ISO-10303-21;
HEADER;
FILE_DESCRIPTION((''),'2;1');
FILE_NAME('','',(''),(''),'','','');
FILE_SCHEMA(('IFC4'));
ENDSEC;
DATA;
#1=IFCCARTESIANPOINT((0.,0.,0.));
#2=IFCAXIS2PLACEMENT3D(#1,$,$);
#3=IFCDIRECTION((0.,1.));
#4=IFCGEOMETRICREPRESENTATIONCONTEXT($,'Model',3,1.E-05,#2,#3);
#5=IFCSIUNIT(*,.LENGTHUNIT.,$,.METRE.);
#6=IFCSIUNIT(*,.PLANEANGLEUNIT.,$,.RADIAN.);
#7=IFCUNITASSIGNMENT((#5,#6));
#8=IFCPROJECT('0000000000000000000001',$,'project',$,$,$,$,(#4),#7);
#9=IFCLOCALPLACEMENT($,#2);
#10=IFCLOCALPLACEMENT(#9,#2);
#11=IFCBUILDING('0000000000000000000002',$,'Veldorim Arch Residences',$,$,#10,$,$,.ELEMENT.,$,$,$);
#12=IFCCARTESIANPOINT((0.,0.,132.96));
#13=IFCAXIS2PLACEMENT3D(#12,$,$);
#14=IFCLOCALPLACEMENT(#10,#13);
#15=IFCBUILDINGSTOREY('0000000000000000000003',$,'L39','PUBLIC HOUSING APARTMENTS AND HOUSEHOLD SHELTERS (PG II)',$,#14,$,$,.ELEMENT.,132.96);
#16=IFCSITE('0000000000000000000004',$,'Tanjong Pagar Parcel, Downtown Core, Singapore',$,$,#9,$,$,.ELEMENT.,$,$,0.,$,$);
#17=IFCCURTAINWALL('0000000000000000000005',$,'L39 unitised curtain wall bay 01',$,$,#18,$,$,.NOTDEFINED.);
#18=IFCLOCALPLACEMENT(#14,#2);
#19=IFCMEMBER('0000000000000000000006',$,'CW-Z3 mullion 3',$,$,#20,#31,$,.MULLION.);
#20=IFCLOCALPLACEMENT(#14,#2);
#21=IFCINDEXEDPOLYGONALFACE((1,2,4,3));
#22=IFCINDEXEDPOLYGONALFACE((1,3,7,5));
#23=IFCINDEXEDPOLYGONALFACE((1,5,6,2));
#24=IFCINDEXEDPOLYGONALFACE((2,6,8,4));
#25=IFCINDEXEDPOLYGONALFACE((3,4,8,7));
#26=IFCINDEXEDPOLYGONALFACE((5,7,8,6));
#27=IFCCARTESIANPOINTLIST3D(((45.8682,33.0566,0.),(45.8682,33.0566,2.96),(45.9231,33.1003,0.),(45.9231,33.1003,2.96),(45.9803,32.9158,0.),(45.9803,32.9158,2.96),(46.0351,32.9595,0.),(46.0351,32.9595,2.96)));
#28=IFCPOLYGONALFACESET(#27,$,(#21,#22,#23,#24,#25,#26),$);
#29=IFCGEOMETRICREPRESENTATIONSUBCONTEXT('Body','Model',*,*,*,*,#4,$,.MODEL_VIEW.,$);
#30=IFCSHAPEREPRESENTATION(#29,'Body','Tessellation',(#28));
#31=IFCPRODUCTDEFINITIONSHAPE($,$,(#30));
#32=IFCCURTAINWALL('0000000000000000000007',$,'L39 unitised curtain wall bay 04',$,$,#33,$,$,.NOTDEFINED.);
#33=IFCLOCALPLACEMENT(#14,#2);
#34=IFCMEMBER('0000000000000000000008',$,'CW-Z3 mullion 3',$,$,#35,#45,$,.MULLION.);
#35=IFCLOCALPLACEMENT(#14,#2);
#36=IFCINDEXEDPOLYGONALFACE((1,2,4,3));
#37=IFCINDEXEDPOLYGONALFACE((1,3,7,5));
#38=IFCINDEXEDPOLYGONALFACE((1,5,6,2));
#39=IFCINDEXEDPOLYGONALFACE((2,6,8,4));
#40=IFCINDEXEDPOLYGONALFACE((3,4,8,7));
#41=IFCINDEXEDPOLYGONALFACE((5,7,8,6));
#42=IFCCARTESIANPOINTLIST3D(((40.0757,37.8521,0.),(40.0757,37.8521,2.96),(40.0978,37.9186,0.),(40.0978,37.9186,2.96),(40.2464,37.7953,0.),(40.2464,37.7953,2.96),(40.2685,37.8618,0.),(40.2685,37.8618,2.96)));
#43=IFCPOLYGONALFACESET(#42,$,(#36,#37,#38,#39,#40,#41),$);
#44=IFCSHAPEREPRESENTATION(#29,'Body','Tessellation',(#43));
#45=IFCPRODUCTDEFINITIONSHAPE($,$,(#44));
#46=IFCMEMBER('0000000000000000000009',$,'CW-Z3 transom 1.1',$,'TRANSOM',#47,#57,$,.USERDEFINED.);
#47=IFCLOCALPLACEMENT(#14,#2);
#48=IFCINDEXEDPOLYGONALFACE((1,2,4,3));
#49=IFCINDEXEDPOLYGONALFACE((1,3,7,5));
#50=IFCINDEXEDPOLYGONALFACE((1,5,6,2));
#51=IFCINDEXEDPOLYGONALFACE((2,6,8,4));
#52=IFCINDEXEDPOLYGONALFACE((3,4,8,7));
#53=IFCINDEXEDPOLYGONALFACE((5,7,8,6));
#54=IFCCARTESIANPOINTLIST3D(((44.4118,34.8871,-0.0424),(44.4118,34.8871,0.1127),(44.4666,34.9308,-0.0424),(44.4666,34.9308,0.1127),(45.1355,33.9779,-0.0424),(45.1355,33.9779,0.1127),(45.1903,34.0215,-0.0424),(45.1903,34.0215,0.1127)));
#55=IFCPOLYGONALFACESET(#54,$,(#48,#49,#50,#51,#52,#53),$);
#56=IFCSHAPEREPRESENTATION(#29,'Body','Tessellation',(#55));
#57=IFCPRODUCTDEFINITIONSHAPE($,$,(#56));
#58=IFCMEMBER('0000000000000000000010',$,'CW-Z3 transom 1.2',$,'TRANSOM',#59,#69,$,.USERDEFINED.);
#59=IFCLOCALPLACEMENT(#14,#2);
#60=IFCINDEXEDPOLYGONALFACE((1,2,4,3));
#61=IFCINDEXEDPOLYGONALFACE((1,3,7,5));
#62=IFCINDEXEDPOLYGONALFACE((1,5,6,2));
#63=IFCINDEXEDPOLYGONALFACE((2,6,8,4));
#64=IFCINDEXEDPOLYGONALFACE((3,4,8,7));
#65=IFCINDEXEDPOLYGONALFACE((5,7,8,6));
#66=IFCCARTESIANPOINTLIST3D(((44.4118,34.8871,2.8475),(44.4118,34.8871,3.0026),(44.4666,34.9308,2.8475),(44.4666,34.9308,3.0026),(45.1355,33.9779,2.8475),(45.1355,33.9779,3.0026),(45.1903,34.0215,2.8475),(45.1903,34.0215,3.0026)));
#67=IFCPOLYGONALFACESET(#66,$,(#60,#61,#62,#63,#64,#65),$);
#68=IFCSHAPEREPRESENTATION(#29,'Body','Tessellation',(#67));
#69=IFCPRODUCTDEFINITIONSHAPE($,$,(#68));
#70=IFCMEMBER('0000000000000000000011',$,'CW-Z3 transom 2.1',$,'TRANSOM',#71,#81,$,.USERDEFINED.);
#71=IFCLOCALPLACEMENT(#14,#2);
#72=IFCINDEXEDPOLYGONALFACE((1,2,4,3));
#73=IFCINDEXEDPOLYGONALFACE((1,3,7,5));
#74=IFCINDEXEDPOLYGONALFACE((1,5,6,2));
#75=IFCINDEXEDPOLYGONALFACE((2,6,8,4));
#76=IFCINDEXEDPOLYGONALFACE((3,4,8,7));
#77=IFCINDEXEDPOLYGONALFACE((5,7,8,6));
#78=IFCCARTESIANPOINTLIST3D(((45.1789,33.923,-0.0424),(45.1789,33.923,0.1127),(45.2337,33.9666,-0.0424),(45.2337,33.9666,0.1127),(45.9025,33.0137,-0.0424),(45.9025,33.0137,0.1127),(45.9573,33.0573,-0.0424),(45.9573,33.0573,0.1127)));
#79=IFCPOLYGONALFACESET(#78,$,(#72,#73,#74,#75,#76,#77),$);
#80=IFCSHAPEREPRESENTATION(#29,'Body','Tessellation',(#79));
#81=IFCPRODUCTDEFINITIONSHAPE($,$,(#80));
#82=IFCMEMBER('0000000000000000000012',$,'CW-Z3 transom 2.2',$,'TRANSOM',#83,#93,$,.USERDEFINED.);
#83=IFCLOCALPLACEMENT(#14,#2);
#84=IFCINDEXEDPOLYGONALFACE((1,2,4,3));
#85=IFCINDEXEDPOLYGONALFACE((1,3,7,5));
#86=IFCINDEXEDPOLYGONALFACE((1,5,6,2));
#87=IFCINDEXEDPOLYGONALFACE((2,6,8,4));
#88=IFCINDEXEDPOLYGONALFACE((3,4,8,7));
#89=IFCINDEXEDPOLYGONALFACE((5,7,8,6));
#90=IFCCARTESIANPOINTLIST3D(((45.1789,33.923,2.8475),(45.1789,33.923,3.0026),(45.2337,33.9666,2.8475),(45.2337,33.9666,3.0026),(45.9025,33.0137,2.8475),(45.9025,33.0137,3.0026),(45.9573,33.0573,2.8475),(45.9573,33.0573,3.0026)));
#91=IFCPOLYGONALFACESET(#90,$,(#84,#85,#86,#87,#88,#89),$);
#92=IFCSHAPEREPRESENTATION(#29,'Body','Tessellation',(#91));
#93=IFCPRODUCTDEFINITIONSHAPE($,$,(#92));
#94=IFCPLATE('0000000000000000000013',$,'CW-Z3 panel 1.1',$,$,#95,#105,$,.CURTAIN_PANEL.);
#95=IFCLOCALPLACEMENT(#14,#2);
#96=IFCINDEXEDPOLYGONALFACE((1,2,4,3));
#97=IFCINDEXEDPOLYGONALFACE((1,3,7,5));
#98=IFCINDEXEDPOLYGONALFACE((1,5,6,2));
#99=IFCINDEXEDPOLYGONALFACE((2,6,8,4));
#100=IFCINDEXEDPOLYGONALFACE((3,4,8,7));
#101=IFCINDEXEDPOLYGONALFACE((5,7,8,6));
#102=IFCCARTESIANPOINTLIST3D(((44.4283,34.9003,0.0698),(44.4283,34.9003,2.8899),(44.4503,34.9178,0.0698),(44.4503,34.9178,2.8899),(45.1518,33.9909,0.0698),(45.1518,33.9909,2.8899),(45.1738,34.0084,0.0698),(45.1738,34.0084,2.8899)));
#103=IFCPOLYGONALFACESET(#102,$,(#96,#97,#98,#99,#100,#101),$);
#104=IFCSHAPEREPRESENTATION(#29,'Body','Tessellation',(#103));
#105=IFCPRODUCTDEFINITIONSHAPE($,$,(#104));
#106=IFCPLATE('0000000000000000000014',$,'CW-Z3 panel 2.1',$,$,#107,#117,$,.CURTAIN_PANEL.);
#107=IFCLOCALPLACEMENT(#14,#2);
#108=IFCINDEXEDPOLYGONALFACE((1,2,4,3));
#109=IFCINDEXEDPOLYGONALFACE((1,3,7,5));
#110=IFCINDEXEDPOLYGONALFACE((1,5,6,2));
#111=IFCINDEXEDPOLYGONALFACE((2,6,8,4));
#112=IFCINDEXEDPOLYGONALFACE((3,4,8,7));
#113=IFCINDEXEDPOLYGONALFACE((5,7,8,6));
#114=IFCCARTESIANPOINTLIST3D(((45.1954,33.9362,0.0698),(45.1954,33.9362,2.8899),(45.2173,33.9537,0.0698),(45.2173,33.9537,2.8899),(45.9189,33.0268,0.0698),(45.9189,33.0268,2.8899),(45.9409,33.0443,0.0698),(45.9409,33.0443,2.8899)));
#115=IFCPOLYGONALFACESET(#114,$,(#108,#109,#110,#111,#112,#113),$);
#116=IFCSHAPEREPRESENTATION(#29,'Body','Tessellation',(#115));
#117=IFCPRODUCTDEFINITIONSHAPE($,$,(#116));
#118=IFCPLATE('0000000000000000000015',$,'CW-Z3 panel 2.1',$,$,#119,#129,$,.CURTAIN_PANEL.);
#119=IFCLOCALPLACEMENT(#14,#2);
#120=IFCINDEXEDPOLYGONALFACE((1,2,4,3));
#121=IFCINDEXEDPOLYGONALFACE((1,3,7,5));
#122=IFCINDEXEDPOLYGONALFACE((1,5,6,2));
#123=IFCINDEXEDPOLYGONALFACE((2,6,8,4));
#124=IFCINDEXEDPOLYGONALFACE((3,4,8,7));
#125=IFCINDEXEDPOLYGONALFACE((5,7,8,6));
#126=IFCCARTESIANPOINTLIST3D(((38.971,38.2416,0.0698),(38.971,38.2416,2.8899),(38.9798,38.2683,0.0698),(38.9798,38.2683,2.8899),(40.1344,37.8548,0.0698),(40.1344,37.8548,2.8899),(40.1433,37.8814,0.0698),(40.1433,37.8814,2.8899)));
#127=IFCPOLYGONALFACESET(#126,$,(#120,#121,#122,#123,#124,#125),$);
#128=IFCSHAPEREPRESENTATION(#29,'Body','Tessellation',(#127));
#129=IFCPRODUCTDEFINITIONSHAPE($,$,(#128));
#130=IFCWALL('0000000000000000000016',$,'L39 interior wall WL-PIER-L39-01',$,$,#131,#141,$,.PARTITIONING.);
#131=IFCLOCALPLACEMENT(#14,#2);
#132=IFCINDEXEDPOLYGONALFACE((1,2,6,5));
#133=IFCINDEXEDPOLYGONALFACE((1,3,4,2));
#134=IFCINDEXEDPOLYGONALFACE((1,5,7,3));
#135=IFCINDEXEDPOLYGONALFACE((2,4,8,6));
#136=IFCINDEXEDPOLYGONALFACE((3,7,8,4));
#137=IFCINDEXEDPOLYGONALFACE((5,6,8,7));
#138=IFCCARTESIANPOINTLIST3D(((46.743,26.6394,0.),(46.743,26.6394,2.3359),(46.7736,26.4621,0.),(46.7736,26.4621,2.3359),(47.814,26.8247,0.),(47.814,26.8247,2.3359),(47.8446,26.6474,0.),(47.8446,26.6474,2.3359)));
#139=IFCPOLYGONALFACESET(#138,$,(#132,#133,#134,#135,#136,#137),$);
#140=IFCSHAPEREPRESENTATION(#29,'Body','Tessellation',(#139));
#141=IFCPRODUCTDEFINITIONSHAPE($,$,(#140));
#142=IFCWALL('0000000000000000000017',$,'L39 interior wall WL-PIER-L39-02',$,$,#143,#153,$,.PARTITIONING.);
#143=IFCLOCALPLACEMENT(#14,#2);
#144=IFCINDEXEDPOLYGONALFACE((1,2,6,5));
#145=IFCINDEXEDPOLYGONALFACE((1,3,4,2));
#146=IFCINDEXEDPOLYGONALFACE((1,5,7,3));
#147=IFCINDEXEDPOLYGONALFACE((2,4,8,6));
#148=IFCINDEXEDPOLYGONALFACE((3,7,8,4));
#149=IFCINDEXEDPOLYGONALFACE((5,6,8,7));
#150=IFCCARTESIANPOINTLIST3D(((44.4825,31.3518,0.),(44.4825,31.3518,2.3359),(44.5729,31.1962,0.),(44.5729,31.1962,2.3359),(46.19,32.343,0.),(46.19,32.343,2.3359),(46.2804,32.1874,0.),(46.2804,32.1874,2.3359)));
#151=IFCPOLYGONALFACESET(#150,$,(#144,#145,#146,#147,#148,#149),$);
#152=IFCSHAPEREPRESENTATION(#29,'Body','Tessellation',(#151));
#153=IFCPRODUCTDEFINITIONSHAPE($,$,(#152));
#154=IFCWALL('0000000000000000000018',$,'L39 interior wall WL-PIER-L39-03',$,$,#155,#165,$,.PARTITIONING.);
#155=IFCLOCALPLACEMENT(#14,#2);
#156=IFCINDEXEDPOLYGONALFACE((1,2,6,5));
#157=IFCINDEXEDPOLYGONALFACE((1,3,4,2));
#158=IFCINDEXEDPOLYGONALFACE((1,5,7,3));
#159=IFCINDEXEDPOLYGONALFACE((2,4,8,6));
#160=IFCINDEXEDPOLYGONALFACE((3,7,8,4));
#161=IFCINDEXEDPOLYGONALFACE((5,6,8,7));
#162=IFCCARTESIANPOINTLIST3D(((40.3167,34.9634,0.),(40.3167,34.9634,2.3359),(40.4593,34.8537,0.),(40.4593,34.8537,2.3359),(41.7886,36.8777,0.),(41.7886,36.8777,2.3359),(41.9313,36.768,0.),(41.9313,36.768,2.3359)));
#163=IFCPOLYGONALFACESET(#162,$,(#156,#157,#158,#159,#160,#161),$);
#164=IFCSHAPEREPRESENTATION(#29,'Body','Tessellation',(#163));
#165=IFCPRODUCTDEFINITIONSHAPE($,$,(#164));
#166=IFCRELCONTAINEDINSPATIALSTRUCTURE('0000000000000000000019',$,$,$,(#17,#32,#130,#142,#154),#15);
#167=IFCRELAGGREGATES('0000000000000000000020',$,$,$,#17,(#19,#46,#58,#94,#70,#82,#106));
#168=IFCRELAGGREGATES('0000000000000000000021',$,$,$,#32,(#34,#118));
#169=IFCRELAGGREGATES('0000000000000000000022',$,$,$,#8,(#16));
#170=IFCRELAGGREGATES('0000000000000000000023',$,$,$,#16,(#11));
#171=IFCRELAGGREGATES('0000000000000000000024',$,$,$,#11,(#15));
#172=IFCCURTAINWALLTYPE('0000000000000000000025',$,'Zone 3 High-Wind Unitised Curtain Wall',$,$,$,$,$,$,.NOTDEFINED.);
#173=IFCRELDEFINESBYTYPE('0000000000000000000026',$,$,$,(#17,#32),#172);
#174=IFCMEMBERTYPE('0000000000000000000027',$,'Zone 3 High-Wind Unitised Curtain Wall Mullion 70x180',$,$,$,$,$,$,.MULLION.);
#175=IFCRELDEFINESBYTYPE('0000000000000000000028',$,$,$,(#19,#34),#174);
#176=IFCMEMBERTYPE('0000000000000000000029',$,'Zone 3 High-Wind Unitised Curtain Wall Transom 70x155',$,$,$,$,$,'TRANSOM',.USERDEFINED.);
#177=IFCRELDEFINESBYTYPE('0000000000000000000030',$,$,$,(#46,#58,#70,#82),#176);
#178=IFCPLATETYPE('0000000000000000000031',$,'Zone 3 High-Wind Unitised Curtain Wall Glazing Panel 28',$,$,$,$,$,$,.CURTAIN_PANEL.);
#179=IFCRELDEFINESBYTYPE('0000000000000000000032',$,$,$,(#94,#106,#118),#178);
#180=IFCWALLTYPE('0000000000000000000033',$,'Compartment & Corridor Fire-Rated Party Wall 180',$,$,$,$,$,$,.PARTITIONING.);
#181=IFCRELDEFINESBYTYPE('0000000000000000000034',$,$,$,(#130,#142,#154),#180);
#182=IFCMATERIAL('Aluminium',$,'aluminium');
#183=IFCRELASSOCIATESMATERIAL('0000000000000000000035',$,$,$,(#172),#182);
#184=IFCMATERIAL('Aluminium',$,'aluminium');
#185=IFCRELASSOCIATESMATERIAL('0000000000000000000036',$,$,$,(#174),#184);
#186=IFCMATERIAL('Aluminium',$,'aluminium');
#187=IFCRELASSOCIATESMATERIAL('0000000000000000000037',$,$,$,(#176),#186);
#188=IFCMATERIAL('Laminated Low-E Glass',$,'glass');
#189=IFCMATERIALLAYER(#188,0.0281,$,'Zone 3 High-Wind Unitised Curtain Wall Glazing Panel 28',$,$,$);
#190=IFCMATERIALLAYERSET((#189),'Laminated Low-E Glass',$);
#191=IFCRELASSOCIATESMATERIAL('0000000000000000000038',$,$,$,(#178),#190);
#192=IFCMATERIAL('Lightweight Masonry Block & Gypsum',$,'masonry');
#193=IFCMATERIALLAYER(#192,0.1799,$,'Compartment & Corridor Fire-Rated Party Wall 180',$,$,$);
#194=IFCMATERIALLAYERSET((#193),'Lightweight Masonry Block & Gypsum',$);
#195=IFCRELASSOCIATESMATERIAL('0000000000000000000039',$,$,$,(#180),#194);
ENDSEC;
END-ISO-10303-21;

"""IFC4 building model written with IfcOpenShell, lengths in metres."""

from ifc_helpers import new_model, si_unit, direction, frame, frame_2d, origin, origin_2d, place, context, subcontext, project, spatial, rectangle, extrude, material, layer, layer_set, material_profile, profile_set, type_object, element, aggregate, save


model = new_model("IFC4")

# Units and contexts
model_context = context("Model", 3, precision=1e-05, world=origin(), true_north=direction((0.0, 1.0)))
body_context = subcontext(model_context, "Body", "Model", "MODEL_VIEW")
ifc_project = project(units=[si_unit("LENGTHUNIT", "METRE"), si_unit("PLANEANGLEUNIT", "RADIAN")], contexts=[model_context])

# Site, building, storey
site_placement = place(None, origin())
site = spatial("IfcSite", under=ifc_project, at=site_placement, Name="Tanjong Pagar Parcel, Downtown Core, Singapore", CompositionType="ELEMENT", RefElevation=0.0)
building_placement = place(site_placement, origin())
building = spatial("IfcBuilding", under=site, at=building_placement, Name="Veldorim Arch Residences", CompositionType="ELEMENT")
storey_placement = place(building_placement, frame((0.0, 0.0, 132.96)))
storey = spatial("IfcBuildingStorey", under=building, at=storey_placement, Name="L39", Description="PUBLIC HOUSING APARTMENTS AND HOUSEHOLD SHELTERS (PG II)", CompositionType="ELEMENT", Elevation=132.96)

# Curtain wall, member
ifc_material_1 = material(Name="Aluminium", Category="aluminium")
curtain_wall_type = type_object("IfcCurtainWallType", Name="Zone 3 High-Wind Unitised Curtain Wall", PredefinedType="NOTDEFINED", material=ifc_material_1)
curtain_wall_1_placement = place(storey_placement, origin())
curtain_wall_1 = element("IfcCurtainWall", 1, at=curtain_wall_1_placement, inside=storey, type_object=curtain_wall_type, Name="L39 unitised curtain wall bay 01", PredefinedType="NOTDEFINED")
ifc_material_2 = material(Name="Aluminium", Category="aluminium")
ifc_material_profile_1 = material_profile(ifc_material_2, rectangle(XDim=0.0701, YDim=0.1799, at=origin_2d()), Name="ALU_MUL_70x180")
ifc_profile_set_1 = profile_set([ifc_material_profile_1], Name="Aluminium")
member_type_1 = type_object("IfcMemberType", Name="Zone 3 High-Wind Unitised Curtain Wall Mullion 70x180", PredefinedType="MULLION", material=ifc_profile_set_1)
member_1_placement = place(storey_placement, frame((45.9517, 33.0081, 0.0), z_axis=(0.0, 0.0, 1.0), x_axis=(0.782556, 0.62258, 0.0)))
member_1 = element("IfcMember", 2, at=member_1_placement, type_object=member_type_1, Name="CW-Z3 mullion 3", PredefinedType="MULLION", context=body_context, shape_type="SweptSolid", body=[
    extrude(rectangle(XDim=0.0701, YDim=0.1799, at=origin_2d()), origin(), (0.0, 0.0, 1.0), 2.96),
])

# Curtain wall, member
curtain_wall_2_placement = place(storey_placement, origin())
curtain_wall_2 = element("IfcCurtainWall", 3, at=curtain_wall_2_placement, inside=storey, type_object=curtain_wall_type, Name="L39 unitised curtain wall bay 04", PredefinedType="NOTDEFINED")
member_2_placement = place(storey_placement, frame((40.1721, 37.8569, 0.0), z_axis=(0.0, 0.0, 1.0), x_axis=(0.315552, 0.948908, 0.0)))
member_2 = element("IfcMember", 4, at=member_2_placement, type_object=member_type_1, Name="CW-Z3 mullion 3", PredefinedType="MULLION", context=body_context, shape_type="SweptSolid", body=[
    extrude(rectangle(XDim=0.0701, YDim=0.1799, at=origin_2d()), origin(), (0.0, 0.0, 1.0), 2.96),
])

# Members
ifc_material_3 = material(Name="Aluminium", Category="aluminium")
ifc_material_profile_2 = material_profile(ifc_material_3, rectangle(XDim=0.0701, YDim=0.155, at=origin_2d()), Name="ALU_TRN_70x155")
ifc_profile_set_2 = profile_set([ifc_material_profile_2], Name="Aluminium")
member_type_2 = type_object("IfcMemberType", Name="Zone 3 High-Wind Unitised Curtain Wall Transom 70x155", ElementType="TRANSOM", PredefinedType="USERDEFINED", material=ifc_profile_set_2)
member_3_placement = place(storey_placement, frame((44.4392, 34.9089, 0.0352), z_axis=(0.622746, -0.782424, 0.0), x_axis=(0.782424, 0.622746, 0.0)))
member_3 = element("IfcMember", 5, at=member_3_placement, type_object=member_type_2, Name="CW-Z3 transom 1.1", ObjectType="TRANSOM", PredefinedType="USERDEFINED", context=body_context, shape_type="SweptSolid", body=[
    extrude(rectangle(XDim=0.0701, YDim=0.155, at=origin_2d()), origin(), (0.0, 0.0, 1.0), 1.1621),
])
member_4_placement = place(storey_placement, frame((44.4392, 34.9089, 2.925), z_axis=(0.622746, -0.782424, 0.0), x_axis=(0.782424, 0.622746, 0.0)))
member_4 = element("IfcMember", 6, at=member_4_placement, type_object=member_type_2, Name="CW-Z3 transom 1.2", ObjectType="TRANSOM", PredefinedType="USERDEFINED", context=body_context, shape_type="SweptSolid", body=[
    extrude(rectangle(XDim=0.0701, YDim=0.155, at=origin_2d()), origin(), (0.0, 0.0, 1.0), 1.1621),
])
member_5_placement = place(storey_placement, frame((45.2063, 33.9448, 0.0352), z_axis=(0.622643, -0.782506, 0.0), x_axis=(0.782506, 0.622643, 0.0)))
member_5 = element("IfcMember", 7, at=member_5_placement, type_object=member_type_2, Name="CW-Z3 transom 2.1", ObjectType="TRANSOM", PredefinedType="USERDEFINED", context=body_context, shape_type="SweptSolid", body=[
    extrude(rectangle(XDim=0.0701, YDim=0.155, at=origin_2d()), origin(), (0.0, 0.0, 1.0), 1.1621),
])
member_6_placement = place(storey_placement, frame((45.2063, 33.9448, 2.925), z_axis=(0.622643, -0.782506, 0.0), x_axis=(0.782506, 0.622643, 0.0)))
member_6 = element("IfcMember", 8, at=member_6_placement, type_object=member_type_2, Name="CW-Z3 transom 2.2", ObjectType="TRANSOM", PredefinedType="USERDEFINED", context=body_context, shape_type="SweptSolid", body=[
    extrude(rectangle(XDim=0.0701, YDim=0.155, at=origin_2d()), origin(), (0.0, 0.0, 1.0), 1.1621),
])

# Plates
ifc_material_4 = material(Name="Laminated Low-E Glass", Category="glass")
ifc_layer_1 = layer(ifc_material_4, 0.0281, Name="Zone 3 High-Wind Unitised Curtain Wall Glazing Panel 28")
ifc_layer_set_1 = layer_set([ifc_layer_1], Name="Laminated Low-E Glass")
plate_type = type_object("IfcPlateType", Name="Zone 3 High-Wind Unitised Curtain Wall Glazing Panel 28", PredefinedType="CURTAIN_PANEL", material=ifc_layer_set_1)
plate_1_placement = place(storey_placement, frame((44.801, 34.4543, 0.0698), z_axis=(0.0, 0.0, 1.0), x_axis=(0.62258, -0.782556, 0.0)))
plate_1 = element("IfcPlate", 9, at=plate_1_placement, type_object=plate_type, Name="CW-Z3 panel 1.1", PredefinedType="CURTAIN_PANEL", context=body_context, shape_type="SweptSolid", body=[
    extrude(rectangle(XDim=1.1621, YDim=0.0281, at=origin_2d()), origin(), (0.0, 0.0, 1.0), 2.8201),
])
plate_2_placement = place(storey_placement, frame((45.5681, 33.4902, 0.0698), z_axis=(0.0, 0.0, 1.0), x_axis=(0.62258, -0.782556, 0.0)))
plate_2 = element("IfcPlate", 10, at=plate_2_placement, type_object=plate_type, Name="CW-Z3 panel 2.1", PredefinedType="CURTAIN_PANEL", context=body_context, shape_type="SweptSolid", body=[
    extrude(rectangle(XDim=1.1621, YDim=0.0281, at=origin_2d()), origin(), (0.0, 0.0, 1.0), 2.8201),
])
aggregate(curtain_wall_1, [member_1, member_3, member_4, plate_1, member_5, member_6, plate_2])
plate_3_placement = place(storey_placement, frame((39.5571, 38.0615, 0.0698), z_axis=(0.0, 0.0, 1.0), x_axis=(0.948908, -0.315552, 0.0)))
plate_3 = element("IfcPlate", 11, at=plate_3_placement, type_object=plate_type, Name="CW-Z3 panel 2.1", PredefinedType="CURTAIN_PANEL", context=body_context, shape_type="SweptSolid", body=[
    extrude(rectangle(XDim=1.2261, YDim=0.0281, at=origin_2d()), origin(), (0.0, 0.0, 1.0), 2.8201),
])
aggregate(curtain_wall_2, [member_2, plate_3])

# Walls
ifc_material_5 = material(Name="Lightweight Masonry Block & Gypsum", Category="masonry")
ifc_layer_2 = layer(ifc_material_5, 0.1799, Name="Compartment & Corridor Fire-Rated Party Wall 180")
ifc_layer_set_2 = layer_set([ifc_layer_2], Name="Lightweight Masonry Block & Gypsum")
wall_type_1 = type_object("IfcWallType", Name="Compartment & Corridor Fire-Rated Party Wall 180", PredefinedType="PARTITIONING", material=ifc_layer_set_2)
wall_1_placement = place(storey_placement, frame((46.7583, 26.5508, 0.0), z_axis=(0.0, 0.0, 1.0), x_axis=(0.985361, 0.170479, 0.0)))
element("IfcWall", 12, at=wall_1_placement, inside=storey, type_object=wall_type_1, Name="L39 interior wall WL-PIER-L39-01", PredefinedType="PARTITIONING", context=body_context, shape_type="SweptSolid", body=[
    extrude(rectangle(XDim=1.0869, YDim=0.1799, at=frame_2d((0.5435, 0.0))), origin(), (0.0, 0.0, 1.0), 2.3359),
])
wall_2_placement = place(storey_placement, frame((44.5276, 31.2739, 0.0), z_axis=(0.0, 0.0, 1.0), x_axis=(0.864844, 0.50204, 0.0)))
element("IfcWall", 13, at=wall_2_placement, inside=storey, type_object=wall_type_1, Name="L39 interior wall WL-PIER-L39-02", PredefinedType="PARTITIONING", context=body_context, shape_type="SweptSolid", body=[
    extrude(rectangle(XDim=1.9744, YDim=0.1799, at=frame_2d((0.9873, 0.0))), origin(), (0.0, 0.0, 1.0), 2.3359),
])
wall_3_placement = place(storey_placement, frame((40.3879, 34.9084, 0.0), z_axis=(0.0, 0.0, 1.0), x_axis=(0.60955, 0.792748, 0.0)))
element("IfcWall", 14, at=wall_3_placement, inside=storey, type_object=wall_type_1, Name="L39 interior wall WL-PIER-L39-03", PredefinedType="PARTITIONING", context=body_context, shape_type="SweptSolid", body=[
    extrude(rectangle(XDim=2.4148, YDim=0.1799, at=frame_2d((1.2075, 0.0))), origin(), (0.0, 0.0, 1.0), 2.3359),
])

save(model, "model.ifc")
